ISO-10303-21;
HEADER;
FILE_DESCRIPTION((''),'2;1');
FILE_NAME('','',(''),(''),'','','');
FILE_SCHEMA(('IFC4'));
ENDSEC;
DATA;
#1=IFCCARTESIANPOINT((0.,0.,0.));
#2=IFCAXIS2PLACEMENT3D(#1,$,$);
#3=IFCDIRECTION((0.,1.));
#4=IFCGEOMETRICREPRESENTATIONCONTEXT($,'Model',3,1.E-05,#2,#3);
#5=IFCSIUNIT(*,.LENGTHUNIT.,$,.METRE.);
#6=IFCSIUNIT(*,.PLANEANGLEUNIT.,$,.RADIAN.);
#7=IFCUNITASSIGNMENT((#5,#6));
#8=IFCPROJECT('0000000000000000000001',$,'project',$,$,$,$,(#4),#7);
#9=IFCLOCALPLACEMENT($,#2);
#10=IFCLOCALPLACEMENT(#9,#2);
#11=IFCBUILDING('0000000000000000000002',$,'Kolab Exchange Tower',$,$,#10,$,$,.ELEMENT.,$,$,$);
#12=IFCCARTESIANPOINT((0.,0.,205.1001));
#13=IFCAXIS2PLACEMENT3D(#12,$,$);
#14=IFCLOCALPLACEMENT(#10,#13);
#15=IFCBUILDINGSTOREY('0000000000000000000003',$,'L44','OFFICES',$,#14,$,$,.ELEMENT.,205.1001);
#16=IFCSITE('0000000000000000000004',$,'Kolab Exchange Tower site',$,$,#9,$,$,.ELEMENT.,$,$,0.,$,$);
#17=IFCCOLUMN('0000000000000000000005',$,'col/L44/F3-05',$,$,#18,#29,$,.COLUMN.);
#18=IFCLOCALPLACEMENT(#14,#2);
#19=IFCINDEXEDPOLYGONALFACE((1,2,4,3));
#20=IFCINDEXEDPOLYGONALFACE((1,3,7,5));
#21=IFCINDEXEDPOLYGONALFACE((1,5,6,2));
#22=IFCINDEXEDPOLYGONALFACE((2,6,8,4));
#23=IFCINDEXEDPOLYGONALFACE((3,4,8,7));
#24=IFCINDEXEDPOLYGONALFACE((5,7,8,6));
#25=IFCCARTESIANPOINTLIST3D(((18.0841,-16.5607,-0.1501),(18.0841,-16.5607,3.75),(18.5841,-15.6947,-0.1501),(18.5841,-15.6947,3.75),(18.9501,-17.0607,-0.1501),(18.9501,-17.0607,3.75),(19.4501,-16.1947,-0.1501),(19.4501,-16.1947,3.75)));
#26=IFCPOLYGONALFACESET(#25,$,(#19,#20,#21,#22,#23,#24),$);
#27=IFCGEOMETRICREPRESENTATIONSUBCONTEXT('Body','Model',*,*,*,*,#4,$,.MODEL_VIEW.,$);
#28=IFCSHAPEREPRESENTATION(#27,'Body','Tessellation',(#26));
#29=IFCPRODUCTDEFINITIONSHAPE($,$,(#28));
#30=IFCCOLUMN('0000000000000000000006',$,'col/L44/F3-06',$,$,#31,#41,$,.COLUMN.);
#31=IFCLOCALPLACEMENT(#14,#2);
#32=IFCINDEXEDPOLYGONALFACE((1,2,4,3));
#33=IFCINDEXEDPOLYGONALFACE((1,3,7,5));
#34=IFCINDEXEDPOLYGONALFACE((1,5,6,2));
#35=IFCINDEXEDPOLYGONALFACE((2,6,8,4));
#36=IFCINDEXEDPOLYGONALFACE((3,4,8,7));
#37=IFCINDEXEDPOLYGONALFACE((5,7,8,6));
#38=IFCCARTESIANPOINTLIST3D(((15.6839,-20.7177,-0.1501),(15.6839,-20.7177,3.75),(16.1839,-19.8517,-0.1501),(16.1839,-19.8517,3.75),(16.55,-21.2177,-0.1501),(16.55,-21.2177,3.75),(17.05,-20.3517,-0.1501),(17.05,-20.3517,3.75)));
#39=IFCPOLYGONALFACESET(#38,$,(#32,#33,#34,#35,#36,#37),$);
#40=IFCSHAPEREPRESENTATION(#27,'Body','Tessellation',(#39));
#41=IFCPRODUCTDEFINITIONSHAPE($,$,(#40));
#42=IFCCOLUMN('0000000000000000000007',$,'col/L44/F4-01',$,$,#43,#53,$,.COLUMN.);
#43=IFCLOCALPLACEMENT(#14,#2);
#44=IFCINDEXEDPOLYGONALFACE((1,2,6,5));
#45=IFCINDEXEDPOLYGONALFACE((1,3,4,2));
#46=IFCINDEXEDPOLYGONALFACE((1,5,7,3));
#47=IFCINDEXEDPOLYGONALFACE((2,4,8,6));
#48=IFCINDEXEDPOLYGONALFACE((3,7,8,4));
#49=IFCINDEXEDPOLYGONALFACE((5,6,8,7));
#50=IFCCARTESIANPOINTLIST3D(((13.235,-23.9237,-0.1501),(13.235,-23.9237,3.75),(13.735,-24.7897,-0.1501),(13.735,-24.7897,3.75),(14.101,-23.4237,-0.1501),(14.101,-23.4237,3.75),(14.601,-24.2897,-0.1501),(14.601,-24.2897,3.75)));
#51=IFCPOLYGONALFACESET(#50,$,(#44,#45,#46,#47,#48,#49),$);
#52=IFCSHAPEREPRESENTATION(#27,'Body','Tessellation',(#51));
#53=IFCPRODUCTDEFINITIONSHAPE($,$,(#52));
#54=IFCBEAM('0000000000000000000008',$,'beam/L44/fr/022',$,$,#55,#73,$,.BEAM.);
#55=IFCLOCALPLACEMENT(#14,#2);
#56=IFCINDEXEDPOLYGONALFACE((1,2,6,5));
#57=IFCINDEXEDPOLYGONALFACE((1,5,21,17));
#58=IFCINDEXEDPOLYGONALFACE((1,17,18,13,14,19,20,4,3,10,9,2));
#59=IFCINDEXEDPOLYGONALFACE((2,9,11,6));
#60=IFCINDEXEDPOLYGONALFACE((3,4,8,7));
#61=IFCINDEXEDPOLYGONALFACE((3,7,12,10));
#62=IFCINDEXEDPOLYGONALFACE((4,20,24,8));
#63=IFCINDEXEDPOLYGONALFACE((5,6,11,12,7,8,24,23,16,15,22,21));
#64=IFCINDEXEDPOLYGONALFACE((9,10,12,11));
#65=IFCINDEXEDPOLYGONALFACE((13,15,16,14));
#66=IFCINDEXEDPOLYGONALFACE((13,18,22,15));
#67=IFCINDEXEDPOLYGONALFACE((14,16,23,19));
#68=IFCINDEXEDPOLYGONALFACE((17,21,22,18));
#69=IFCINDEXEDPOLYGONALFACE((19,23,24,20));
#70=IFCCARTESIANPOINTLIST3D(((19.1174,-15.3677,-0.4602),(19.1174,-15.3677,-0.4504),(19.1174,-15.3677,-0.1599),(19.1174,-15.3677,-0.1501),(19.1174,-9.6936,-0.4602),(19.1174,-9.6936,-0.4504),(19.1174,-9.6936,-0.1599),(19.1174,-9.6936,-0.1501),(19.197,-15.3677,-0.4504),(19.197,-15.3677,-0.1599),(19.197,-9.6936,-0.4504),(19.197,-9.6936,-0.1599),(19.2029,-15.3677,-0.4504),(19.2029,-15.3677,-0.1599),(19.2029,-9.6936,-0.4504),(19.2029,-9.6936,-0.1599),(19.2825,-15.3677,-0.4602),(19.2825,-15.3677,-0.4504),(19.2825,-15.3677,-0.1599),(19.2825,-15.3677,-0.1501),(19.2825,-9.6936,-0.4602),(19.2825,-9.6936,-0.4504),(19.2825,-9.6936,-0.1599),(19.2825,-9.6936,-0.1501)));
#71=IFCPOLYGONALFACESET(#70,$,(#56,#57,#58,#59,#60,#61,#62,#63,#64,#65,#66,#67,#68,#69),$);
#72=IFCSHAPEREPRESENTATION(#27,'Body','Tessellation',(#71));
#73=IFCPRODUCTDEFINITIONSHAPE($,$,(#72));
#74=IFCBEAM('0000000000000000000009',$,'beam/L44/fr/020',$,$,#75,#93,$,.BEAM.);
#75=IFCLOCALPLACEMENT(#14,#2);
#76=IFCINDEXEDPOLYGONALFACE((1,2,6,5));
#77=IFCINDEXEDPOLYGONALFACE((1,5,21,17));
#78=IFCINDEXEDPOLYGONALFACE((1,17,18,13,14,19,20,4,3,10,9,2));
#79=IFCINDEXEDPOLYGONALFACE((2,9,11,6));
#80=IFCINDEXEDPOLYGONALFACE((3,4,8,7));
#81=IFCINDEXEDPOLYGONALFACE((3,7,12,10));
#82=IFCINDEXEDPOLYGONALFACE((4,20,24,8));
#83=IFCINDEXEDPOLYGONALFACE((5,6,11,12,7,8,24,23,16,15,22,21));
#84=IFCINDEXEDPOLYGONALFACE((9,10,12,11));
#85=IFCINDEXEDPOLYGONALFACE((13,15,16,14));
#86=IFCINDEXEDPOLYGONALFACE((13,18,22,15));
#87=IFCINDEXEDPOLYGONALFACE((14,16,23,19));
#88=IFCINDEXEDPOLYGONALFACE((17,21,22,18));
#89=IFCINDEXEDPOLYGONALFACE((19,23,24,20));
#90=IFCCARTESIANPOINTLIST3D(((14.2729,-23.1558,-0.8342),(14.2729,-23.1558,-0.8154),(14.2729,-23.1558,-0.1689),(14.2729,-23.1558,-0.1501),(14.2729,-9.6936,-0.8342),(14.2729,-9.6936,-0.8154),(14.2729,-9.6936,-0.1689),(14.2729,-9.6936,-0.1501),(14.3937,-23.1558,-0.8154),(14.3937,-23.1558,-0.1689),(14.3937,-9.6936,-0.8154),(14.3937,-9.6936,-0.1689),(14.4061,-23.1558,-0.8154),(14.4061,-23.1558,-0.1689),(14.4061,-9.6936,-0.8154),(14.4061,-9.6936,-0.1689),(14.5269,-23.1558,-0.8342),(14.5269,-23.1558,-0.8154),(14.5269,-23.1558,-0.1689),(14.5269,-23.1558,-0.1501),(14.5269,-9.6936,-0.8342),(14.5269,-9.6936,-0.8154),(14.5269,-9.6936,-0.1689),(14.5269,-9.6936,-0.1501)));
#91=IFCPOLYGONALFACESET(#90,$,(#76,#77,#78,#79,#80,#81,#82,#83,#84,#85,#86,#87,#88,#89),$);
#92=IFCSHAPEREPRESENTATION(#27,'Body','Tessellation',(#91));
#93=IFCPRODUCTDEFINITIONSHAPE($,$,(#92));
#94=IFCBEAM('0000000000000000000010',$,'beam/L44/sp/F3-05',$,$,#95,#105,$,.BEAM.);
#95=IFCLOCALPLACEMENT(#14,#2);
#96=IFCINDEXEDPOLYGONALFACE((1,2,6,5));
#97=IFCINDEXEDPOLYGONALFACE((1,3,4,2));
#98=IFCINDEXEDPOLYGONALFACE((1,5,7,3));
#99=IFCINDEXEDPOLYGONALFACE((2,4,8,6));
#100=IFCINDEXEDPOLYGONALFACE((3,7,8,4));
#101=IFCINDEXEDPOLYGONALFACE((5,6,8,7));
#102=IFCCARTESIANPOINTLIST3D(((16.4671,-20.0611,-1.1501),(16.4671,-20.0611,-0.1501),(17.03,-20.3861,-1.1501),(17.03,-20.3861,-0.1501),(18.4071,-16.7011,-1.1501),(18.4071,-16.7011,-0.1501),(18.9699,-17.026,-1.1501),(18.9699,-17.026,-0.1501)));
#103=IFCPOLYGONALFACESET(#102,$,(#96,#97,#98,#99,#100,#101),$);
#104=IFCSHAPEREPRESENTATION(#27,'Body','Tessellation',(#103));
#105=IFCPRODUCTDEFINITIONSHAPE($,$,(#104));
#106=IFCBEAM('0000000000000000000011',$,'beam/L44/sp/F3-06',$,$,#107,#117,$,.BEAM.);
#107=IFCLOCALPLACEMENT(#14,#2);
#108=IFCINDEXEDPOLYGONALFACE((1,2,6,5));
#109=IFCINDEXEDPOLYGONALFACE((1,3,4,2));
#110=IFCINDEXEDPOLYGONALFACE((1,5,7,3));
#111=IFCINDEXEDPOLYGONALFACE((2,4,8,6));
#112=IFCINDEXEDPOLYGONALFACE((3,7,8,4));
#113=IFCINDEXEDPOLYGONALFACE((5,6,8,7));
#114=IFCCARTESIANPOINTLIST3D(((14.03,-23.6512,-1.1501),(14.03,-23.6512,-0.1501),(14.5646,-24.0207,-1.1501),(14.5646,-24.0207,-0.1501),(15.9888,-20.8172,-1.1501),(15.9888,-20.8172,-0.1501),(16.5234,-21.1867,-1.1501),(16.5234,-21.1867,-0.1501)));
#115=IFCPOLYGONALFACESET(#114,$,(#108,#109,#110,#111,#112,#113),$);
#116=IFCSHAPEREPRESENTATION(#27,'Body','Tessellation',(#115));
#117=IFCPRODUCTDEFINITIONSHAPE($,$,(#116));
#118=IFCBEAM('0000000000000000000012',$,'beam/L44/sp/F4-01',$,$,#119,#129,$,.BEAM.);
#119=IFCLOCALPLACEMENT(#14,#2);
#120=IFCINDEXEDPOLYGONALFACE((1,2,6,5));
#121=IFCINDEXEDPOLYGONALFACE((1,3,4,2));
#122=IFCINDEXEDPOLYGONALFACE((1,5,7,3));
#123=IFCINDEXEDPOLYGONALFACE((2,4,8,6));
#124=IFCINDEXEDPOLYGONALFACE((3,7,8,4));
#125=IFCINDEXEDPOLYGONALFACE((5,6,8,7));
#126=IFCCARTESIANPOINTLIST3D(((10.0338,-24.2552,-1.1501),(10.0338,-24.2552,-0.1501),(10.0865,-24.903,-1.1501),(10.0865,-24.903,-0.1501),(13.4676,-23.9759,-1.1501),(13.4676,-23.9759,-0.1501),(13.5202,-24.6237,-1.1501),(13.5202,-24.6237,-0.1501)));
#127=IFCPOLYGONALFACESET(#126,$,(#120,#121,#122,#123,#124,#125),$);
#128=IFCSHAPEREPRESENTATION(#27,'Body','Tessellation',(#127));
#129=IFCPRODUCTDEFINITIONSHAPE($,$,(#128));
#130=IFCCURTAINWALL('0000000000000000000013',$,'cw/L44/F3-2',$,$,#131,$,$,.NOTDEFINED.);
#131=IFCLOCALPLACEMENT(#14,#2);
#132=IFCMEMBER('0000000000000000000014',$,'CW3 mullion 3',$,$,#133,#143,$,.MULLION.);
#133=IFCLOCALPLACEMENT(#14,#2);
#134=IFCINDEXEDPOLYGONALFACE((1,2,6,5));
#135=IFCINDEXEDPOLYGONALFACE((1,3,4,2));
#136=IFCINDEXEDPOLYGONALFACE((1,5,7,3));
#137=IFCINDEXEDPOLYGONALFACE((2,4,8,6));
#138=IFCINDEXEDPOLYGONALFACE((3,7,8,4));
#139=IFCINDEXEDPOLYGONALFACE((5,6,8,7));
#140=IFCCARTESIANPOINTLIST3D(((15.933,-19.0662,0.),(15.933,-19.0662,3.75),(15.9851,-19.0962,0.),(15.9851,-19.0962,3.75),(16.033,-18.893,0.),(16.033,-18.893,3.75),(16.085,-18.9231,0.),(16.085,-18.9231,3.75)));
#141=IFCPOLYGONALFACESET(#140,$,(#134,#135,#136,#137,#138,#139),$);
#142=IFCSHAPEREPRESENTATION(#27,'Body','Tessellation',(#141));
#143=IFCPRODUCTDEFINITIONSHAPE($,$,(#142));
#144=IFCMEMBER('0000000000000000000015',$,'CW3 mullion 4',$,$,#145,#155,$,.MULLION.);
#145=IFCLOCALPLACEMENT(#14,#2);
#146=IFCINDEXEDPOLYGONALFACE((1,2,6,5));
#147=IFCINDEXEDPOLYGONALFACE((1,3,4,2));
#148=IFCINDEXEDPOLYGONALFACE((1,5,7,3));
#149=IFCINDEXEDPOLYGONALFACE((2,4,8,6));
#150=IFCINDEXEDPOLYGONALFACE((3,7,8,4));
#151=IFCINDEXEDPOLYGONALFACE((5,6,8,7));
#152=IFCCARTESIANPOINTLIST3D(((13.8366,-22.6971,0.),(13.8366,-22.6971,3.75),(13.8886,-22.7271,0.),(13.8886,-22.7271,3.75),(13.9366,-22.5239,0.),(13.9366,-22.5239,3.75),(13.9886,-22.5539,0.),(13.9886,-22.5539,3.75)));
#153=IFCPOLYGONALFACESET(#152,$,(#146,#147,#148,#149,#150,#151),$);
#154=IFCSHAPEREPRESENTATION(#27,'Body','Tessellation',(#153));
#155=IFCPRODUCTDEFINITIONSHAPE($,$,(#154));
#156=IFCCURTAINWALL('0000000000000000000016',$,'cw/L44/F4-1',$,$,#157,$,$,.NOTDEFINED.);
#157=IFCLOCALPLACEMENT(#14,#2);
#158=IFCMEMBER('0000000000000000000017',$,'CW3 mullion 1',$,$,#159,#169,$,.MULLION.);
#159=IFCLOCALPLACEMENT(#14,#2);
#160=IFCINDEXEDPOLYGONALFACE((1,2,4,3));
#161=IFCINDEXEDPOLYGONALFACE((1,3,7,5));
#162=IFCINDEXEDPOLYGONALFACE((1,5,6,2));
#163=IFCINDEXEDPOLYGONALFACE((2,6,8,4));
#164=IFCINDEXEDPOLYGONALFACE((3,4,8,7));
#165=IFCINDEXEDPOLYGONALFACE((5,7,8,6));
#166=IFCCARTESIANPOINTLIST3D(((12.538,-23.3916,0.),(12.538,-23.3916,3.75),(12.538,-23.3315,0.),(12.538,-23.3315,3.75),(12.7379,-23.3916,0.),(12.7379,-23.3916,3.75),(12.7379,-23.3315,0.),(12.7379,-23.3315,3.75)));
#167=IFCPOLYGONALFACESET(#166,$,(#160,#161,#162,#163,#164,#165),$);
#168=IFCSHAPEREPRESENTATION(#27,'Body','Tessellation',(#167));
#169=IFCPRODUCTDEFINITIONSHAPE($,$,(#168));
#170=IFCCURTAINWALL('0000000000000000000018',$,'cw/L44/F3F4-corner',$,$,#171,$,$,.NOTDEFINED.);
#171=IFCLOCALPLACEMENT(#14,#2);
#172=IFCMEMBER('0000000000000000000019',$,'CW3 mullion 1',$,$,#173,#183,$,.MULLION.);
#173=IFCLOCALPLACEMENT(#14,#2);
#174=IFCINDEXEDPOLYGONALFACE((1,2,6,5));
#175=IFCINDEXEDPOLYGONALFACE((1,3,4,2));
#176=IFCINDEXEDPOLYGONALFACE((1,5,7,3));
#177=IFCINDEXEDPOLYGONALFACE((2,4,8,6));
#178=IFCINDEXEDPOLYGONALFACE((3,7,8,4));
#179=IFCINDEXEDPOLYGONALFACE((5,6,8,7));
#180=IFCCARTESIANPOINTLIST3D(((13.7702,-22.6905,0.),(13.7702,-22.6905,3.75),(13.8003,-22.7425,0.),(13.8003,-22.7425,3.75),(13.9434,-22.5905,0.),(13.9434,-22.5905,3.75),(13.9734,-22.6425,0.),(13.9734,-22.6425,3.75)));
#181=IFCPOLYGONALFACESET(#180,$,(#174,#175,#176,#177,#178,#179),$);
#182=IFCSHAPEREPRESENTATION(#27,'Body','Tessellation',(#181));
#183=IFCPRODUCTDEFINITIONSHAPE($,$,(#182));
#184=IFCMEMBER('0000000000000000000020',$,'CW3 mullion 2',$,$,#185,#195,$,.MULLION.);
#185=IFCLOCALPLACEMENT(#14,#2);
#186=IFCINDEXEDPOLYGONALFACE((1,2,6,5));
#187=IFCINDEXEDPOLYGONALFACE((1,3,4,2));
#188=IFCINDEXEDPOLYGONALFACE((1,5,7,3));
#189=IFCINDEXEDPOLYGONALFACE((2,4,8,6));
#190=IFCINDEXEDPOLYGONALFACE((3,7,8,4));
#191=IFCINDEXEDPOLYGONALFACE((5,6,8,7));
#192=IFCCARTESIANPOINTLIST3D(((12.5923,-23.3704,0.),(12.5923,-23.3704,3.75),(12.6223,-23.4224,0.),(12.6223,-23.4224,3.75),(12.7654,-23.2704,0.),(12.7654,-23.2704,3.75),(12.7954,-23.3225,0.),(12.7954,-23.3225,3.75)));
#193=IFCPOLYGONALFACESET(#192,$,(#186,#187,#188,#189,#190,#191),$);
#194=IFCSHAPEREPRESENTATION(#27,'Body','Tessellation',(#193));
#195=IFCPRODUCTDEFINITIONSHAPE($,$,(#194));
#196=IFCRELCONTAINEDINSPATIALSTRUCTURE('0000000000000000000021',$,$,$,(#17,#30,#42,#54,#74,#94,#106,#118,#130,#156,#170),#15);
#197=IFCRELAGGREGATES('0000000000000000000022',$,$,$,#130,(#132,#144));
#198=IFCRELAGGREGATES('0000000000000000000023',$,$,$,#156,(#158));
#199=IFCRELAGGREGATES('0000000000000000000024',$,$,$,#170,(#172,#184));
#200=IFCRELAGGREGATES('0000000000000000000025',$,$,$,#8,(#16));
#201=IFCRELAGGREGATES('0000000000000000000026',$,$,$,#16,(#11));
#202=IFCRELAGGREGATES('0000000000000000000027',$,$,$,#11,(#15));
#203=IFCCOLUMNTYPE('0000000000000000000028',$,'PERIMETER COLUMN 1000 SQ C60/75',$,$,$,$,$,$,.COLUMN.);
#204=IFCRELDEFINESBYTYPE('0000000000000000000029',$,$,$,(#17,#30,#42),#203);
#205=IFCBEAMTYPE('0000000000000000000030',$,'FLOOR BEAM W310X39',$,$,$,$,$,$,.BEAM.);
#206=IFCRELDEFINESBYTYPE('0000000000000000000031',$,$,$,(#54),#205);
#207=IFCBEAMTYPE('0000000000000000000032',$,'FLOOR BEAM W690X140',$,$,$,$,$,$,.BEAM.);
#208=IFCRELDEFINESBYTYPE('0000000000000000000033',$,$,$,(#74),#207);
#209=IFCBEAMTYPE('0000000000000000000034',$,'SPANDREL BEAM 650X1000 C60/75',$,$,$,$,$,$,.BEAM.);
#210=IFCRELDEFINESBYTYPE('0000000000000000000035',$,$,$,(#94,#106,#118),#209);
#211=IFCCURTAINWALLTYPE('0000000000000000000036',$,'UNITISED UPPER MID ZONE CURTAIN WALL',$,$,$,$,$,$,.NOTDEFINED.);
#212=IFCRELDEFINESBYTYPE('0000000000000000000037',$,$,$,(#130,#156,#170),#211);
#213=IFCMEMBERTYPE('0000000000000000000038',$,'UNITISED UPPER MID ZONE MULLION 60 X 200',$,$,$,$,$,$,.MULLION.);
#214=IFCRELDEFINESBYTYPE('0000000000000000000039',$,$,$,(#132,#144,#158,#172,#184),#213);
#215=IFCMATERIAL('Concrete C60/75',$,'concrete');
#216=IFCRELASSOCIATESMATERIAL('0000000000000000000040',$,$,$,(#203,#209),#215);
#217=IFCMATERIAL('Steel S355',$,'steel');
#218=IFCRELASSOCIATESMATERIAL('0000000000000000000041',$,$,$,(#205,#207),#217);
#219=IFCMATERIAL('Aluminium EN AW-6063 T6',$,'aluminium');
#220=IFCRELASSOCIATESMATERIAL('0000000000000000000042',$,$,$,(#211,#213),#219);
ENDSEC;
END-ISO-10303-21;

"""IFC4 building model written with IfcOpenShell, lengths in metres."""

from ifc_helpers import new_model, si_unit, direction, frame, origin, origin_2d, place, context, subcontext, project, spatial, rectangle, i_section, extrude, material, material_profile, profile_set, type_object, element, aggregate, save


model = new_model("IFC4")

# Units and contexts
model_context = context("Model", 3, precision=1e-05, world=origin(), true_north=direction((0.0, 1.0)))
body_context = subcontext(model_context, "Body", "Model", "MODEL_VIEW")
ifc_project = project(units=[si_unit("LENGTHUNIT", "METRE"), si_unit("PLANEANGLEUNIT", "RADIAN")], contexts=[model_context])

# Site, building, storey
site_placement = place(None, origin())
site = spatial("IfcSite", under=ifc_project, at=site_placement, Name="Kolab Exchange Tower site", CompositionType="ELEMENT", RefElevation=0.0)
building_placement = place(site_placement, origin())
building = spatial("IfcBuilding", under=site, at=building_placement, Name="Kolab Exchange Tower", CompositionType="ELEMENT")
storey_placement = place(building_placement, frame((0.0, 0.0, 205.1001)))
storey = spatial("IfcBuildingStorey", under=building, at=storey_placement, Name="L44", Description="OFFICES", CompositionType="ELEMENT", Elevation=205.1001)

# Columns
ifc_material_1 = material(Name="Concrete C60/75", Category="concrete")
ifc_material_profile_1 = material_profile(ifc_material_1, rectangle(XDim=1.0, YDim=1.0, at=origin_2d()), Name="RC1000")
ifc_profile_set_1 = profile_set([ifc_material_profile_1], Name="Concrete C60/75")
column_type = type_object("IfcColumnType", Name="PERIMETER COLUMN 1000 SQ C60/75", PredefinedType="COLUMN", material=ifc_profile_set_1)
for number, where, z_axis, x_axis, name in (
    (1, (18.7671, -16.3777, -0.1501), (0.0, 0.0, 1.0), (0.5, 0.866025, 0.0), "col/L44/F3-05"),
    (2, (16.3669, -20.5347, -0.1501), (0.0, 0.0, 1.0), (0.5, 0.866025, 0.0), "col/L44/F3-06"),
    (3, (13.918, -24.1067, -0.1501), (0.0, 0.0, 1.0), (0.866025, 0.5, 0.0), "col/L44/F4-01"),
):
    element("IfcColumn", number, at=place(storey_placement, frame(where, z_axis=z_axis, x_axis=x_axis)), inside=storey, type_object=column_type, Name=name, PredefinedType="COLUMN", context=body_context, shape_type="SweptSolid", body=[
        extrude(rectangle(XDim=1.0, YDim=1.0, at=origin_2d()), origin(), (0.0, 0.0, 1.0), 3.9001),
    ])

# Beams
ifc_material_2 = material(Name="Steel S355", Category="steel")
ifc_material_profile_2 = material_profile(ifc_material_2, i_section(OverallWidth=0.165, OverallDepth=0.3101, WebThickness=0.0059, FlangeThickness=0.0098, at=origin_2d()), Name="W310X39")
ifc_profile_set_2 = profile_set([ifc_material_profile_2], Name="Steel S355")
beam_type_1 = type_object("IfcBeamType", Name="FLOOR BEAM W310X39", PredefinedType="BEAM", material=ifc_profile_set_2)
beam_1_placement = place(storey_placement, frame((19.2, -15.3677, -0.3052), z_axis=(0.0, 1.0, 0.0), x_axis=(-1.0, 0.0, 0.0)))
element("IfcBeam", 4, at=beam_1_placement, inside=storey, type_object=beam_type_1, Name="beam/L44/fr/022", PredefinedType="BEAM", context=body_context, shape_type="SweptSolid", body=[
    extrude(i_section(OverallWidth=0.165, OverallDepth=0.3101, WebThickness=0.0059, FlangeThickness=0.0098, at=origin_2d()), origin(), (0.0, 0.0, 1.0), 5.6741),
])
ifc_material_profile_3 = material_profile(ifc_material_2, i_section(OverallWidth=0.2539, OverallDepth=0.6841, WebThickness=0.0125, FlangeThickness=0.0188, at=origin_2d()), Name="W690X140")
ifc_profile_set_3 = profile_set([ifc_material_profile_3], Name="Steel S355")
beam_type_2 = type_object("IfcBeamType", Name="FLOOR BEAM W690X140", PredefinedType="BEAM", material=ifc_profile_set_3)
beam_2_placement = place(storey_placement, frame((14.3999, -23.1558, -0.4922), z_axis=(0.0, 1.0, 0.0), x_axis=(-1.0, 0.0, 0.0)))
element("IfcBeam", 5, at=beam_2_placement, inside=storey, type_object=beam_type_2, Name="beam/L44/fr/020", PredefinedType="BEAM", context=body_context, shape_type="SweptSolid", body=[
    extrude(i_section(OverallWidth=0.2539, OverallDepth=0.6841, WebThickness=0.0125, FlangeThickness=0.0188, at=origin_2d()), origin(), (0.0, 0.0, 1.0), 13.4622),
])
ifc_material_profile_4 = material_profile(ifc_material_1, rectangle(XDim=0.6499, YDim=1.0, at=origin_2d()), Name="RC650X1000")
ifc_profile_set_4 = profile_set([ifc_material_profile_4], Name="Concrete C60/75")
beam_type_3 = type_object("IfcBeamType", Name="SPANDREL BEAM 650X1000 C60/75", PredefinedType="BEAM", material=ifc_profile_set_4)
beam_3_placement = place(storey_placement, frame((18.6885, -16.8635, -0.6501), z_axis=(-0.499997, -0.866027, 0.0), x_axis=(0.866027, -0.499997, 0.0)))
element("IfcBeam", 6, at=beam_3_placement, inside=storey, type_object=beam_type_3, Name="beam/L44/sp/F3-05", PredefinedType="BEAM", context=body_context, shape_type="SweptSolid", body=[
    extrude(rectangle(XDim=0.6499, YDim=1.0, at=origin_2d()), origin(), (0.0, 0.0, 1.0), 3.8799),
])
for number, where, z_axis, x_axis, name in (
    (7, (16.2561, -21.002, -0.6501), (-0.568572, -0.822633, 0.0), (0.822633, -0.568572, 0.0), "beam/L44/sp/F3-06"),
    (8, (13.4939, -24.2998, -0.6501), (-0.996708, -0.081069, 0.0), (0.081069, -0.996708, 0.0), "beam/L44/sp/F4-01"),
):
    element("IfcBeam", number, at=place(storey_placement, frame(where, z_axis=z_axis, x_axis=x_axis)), inside=storey, type_object=beam_type_3, Name=name, PredefinedType="BEAM", context=body_context, shape_type="SweptSolid", body=[
        extrude(rectangle(XDim=0.6499, YDim=1.0, at=origin_2d()), origin(), (0.0, 0.0, 1.0), 3.4451),
    ])

# Curtain wall, members
ifc_material_3 = material(Name="Aluminium EN AW-6063 T6", Category="aluminium")
curtain_wall_type = type_object("IfcCurtainWallType", Name="UNITISED UPPER MID ZONE CURTAIN WALL", PredefinedType="NOTDEFINED", material=ifc_material_3)
curtain_wall_1_placement = place(storey_placement, origin())
curtain_wall_1 = element("IfcCurtainWall", 9, at=curtain_wall_1_placement, inside=storey, type_object=curtain_wall_type, Name="cw/L44/F3-2", PredefinedType="NOTDEFINED")
ifc_material_profile_5 = material_profile(ifc_material_3, rectangle(XDim=0.0601, YDim=0.2, at=origin_2d()), Name="RECT 60X200")
ifc_profile_set_5 = profile_set([ifc_material_profile_5], Name="Aluminium EN AW-6063 T6")
member_type_1 = type_object("IfcMemberType", Name="UNITISED UPPER MID ZONE MULLION 60 X 200", PredefinedType="MULLION", material=ifc_profile_set_5)
member_1_placement = place(storey_placement, frame((16.009, -18.9946, 0.0), z_axis=(0.0, 0.0, 1.0), x_axis=(0.866025, -0.5, 0.0)))
member_1 = element("IfcMember", 10, at=member_1_placement, type_object=member_type_1, Name="CW3 mullion 3", PredefinedType="MULLION", context=body_context, shape_type="SweptSolid", body=[
    extrude(rectangle(XDim=0.0601, YDim=0.2, at=origin_2d()), origin(), (0.0, 0.0, 1.0), 3.75),
])
member_2_placement = place(storey_placement, frame((13.9126, -22.6255, 0.0), z_axis=(0.0, 0.0, 1.0), x_axis=(0.866025, -0.5, 0.0)))
member_2 = element("IfcMember", 11, at=member_2_placement, type_object=member_type_1, Name="CW3 mullion 4", PredefinedType="MULLION", context=body_context, shape_type="SweptSolid", body=[
    extrude(rectangle(XDim=0.0601, YDim=0.2, at=origin_2d()), origin(), (0.0, 0.0, 1.0), 3.75),
])

# Curtain wall, member
curtain_wall_2_placement = place(storey_placement, origin())
curtain_wall_2 = element("IfcCurtainWall", 12, at=curtain_wall_2_placement, inside=storey, type_object=curtain_wall_type, Name="cw/L44/F4-1", PredefinedType="NOTDEFINED")
member_3_placement = place(storey_placement, frame((12.6379, -23.3616, 0.0), z_axis=(0.0, 0.0, 1.0), x_axis=(0.0, -1.0, 0.0)))
member_3 = element("IfcMember", 13, at=member_3_placement, type_object=member_type_1, Name="CW3 mullion 1", PredefinedType="MULLION", context=body_context, shape_type="SweptSolid", body=[
    extrude(rectangle(XDim=0.0601, YDim=0.2, at=origin_2d()), origin(), (0.0, 0.0, 1.0), 3.75),
])

# Curtain wall, members
curtain_wall_3_placement = place(storey_placement, origin())
curtain_wall_3 = element("IfcCurtainWall", 14, at=curtain_wall_3_placement, inside=storey, type_object=curtain_wall_type, Name="cw/L44/F3F4-corner", PredefinedType="NOTDEFINED")
member_4_placement = place(storey_placement, frame((13.8718, -22.6665, 0.0), z_axis=(0.0, 0.0, 1.0), x_axis=(0.5, -0.866025, 0.0)))
member_4 = element("IfcMember", 15, at=member_4_placement, type_object=member_type_1, Name="CW3 mullion 1", PredefinedType="MULLION", context=body_context, shape_type="SweptSolid", body=[
    extrude(rectangle(XDim=0.0601, YDim=0.2, at=origin_2d()), origin(), (0.0, 0.0, 1.0), 3.75),
])
member_5_placement = place(storey_placement, frame((12.6938, -23.3464, 0.0), z_axis=(0.0, 0.0, 1.0), x_axis=(0.5, -0.866025, 0.0)))
member_5 = element("IfcMember", 16, at=member_5_placement, type_object=member_type_1, Name="CW3 mullion 2", PredefinedType="MULLION", context=body_context, shape_type="SweptSolid", body=[
    extrude(rectangle(XDim=0.0601, YDim=0.2, at=origin_2d()), origin(), (0.0, 0.0, 1.0), 3.75),
])

aggregate(curtain_wall_1, [member_1, member_2])
aggregate(curtain_wall_2, [member_3])
aggregate(curtain_wall_3, [member_4, member_5])

save(model, "model.ifc")
